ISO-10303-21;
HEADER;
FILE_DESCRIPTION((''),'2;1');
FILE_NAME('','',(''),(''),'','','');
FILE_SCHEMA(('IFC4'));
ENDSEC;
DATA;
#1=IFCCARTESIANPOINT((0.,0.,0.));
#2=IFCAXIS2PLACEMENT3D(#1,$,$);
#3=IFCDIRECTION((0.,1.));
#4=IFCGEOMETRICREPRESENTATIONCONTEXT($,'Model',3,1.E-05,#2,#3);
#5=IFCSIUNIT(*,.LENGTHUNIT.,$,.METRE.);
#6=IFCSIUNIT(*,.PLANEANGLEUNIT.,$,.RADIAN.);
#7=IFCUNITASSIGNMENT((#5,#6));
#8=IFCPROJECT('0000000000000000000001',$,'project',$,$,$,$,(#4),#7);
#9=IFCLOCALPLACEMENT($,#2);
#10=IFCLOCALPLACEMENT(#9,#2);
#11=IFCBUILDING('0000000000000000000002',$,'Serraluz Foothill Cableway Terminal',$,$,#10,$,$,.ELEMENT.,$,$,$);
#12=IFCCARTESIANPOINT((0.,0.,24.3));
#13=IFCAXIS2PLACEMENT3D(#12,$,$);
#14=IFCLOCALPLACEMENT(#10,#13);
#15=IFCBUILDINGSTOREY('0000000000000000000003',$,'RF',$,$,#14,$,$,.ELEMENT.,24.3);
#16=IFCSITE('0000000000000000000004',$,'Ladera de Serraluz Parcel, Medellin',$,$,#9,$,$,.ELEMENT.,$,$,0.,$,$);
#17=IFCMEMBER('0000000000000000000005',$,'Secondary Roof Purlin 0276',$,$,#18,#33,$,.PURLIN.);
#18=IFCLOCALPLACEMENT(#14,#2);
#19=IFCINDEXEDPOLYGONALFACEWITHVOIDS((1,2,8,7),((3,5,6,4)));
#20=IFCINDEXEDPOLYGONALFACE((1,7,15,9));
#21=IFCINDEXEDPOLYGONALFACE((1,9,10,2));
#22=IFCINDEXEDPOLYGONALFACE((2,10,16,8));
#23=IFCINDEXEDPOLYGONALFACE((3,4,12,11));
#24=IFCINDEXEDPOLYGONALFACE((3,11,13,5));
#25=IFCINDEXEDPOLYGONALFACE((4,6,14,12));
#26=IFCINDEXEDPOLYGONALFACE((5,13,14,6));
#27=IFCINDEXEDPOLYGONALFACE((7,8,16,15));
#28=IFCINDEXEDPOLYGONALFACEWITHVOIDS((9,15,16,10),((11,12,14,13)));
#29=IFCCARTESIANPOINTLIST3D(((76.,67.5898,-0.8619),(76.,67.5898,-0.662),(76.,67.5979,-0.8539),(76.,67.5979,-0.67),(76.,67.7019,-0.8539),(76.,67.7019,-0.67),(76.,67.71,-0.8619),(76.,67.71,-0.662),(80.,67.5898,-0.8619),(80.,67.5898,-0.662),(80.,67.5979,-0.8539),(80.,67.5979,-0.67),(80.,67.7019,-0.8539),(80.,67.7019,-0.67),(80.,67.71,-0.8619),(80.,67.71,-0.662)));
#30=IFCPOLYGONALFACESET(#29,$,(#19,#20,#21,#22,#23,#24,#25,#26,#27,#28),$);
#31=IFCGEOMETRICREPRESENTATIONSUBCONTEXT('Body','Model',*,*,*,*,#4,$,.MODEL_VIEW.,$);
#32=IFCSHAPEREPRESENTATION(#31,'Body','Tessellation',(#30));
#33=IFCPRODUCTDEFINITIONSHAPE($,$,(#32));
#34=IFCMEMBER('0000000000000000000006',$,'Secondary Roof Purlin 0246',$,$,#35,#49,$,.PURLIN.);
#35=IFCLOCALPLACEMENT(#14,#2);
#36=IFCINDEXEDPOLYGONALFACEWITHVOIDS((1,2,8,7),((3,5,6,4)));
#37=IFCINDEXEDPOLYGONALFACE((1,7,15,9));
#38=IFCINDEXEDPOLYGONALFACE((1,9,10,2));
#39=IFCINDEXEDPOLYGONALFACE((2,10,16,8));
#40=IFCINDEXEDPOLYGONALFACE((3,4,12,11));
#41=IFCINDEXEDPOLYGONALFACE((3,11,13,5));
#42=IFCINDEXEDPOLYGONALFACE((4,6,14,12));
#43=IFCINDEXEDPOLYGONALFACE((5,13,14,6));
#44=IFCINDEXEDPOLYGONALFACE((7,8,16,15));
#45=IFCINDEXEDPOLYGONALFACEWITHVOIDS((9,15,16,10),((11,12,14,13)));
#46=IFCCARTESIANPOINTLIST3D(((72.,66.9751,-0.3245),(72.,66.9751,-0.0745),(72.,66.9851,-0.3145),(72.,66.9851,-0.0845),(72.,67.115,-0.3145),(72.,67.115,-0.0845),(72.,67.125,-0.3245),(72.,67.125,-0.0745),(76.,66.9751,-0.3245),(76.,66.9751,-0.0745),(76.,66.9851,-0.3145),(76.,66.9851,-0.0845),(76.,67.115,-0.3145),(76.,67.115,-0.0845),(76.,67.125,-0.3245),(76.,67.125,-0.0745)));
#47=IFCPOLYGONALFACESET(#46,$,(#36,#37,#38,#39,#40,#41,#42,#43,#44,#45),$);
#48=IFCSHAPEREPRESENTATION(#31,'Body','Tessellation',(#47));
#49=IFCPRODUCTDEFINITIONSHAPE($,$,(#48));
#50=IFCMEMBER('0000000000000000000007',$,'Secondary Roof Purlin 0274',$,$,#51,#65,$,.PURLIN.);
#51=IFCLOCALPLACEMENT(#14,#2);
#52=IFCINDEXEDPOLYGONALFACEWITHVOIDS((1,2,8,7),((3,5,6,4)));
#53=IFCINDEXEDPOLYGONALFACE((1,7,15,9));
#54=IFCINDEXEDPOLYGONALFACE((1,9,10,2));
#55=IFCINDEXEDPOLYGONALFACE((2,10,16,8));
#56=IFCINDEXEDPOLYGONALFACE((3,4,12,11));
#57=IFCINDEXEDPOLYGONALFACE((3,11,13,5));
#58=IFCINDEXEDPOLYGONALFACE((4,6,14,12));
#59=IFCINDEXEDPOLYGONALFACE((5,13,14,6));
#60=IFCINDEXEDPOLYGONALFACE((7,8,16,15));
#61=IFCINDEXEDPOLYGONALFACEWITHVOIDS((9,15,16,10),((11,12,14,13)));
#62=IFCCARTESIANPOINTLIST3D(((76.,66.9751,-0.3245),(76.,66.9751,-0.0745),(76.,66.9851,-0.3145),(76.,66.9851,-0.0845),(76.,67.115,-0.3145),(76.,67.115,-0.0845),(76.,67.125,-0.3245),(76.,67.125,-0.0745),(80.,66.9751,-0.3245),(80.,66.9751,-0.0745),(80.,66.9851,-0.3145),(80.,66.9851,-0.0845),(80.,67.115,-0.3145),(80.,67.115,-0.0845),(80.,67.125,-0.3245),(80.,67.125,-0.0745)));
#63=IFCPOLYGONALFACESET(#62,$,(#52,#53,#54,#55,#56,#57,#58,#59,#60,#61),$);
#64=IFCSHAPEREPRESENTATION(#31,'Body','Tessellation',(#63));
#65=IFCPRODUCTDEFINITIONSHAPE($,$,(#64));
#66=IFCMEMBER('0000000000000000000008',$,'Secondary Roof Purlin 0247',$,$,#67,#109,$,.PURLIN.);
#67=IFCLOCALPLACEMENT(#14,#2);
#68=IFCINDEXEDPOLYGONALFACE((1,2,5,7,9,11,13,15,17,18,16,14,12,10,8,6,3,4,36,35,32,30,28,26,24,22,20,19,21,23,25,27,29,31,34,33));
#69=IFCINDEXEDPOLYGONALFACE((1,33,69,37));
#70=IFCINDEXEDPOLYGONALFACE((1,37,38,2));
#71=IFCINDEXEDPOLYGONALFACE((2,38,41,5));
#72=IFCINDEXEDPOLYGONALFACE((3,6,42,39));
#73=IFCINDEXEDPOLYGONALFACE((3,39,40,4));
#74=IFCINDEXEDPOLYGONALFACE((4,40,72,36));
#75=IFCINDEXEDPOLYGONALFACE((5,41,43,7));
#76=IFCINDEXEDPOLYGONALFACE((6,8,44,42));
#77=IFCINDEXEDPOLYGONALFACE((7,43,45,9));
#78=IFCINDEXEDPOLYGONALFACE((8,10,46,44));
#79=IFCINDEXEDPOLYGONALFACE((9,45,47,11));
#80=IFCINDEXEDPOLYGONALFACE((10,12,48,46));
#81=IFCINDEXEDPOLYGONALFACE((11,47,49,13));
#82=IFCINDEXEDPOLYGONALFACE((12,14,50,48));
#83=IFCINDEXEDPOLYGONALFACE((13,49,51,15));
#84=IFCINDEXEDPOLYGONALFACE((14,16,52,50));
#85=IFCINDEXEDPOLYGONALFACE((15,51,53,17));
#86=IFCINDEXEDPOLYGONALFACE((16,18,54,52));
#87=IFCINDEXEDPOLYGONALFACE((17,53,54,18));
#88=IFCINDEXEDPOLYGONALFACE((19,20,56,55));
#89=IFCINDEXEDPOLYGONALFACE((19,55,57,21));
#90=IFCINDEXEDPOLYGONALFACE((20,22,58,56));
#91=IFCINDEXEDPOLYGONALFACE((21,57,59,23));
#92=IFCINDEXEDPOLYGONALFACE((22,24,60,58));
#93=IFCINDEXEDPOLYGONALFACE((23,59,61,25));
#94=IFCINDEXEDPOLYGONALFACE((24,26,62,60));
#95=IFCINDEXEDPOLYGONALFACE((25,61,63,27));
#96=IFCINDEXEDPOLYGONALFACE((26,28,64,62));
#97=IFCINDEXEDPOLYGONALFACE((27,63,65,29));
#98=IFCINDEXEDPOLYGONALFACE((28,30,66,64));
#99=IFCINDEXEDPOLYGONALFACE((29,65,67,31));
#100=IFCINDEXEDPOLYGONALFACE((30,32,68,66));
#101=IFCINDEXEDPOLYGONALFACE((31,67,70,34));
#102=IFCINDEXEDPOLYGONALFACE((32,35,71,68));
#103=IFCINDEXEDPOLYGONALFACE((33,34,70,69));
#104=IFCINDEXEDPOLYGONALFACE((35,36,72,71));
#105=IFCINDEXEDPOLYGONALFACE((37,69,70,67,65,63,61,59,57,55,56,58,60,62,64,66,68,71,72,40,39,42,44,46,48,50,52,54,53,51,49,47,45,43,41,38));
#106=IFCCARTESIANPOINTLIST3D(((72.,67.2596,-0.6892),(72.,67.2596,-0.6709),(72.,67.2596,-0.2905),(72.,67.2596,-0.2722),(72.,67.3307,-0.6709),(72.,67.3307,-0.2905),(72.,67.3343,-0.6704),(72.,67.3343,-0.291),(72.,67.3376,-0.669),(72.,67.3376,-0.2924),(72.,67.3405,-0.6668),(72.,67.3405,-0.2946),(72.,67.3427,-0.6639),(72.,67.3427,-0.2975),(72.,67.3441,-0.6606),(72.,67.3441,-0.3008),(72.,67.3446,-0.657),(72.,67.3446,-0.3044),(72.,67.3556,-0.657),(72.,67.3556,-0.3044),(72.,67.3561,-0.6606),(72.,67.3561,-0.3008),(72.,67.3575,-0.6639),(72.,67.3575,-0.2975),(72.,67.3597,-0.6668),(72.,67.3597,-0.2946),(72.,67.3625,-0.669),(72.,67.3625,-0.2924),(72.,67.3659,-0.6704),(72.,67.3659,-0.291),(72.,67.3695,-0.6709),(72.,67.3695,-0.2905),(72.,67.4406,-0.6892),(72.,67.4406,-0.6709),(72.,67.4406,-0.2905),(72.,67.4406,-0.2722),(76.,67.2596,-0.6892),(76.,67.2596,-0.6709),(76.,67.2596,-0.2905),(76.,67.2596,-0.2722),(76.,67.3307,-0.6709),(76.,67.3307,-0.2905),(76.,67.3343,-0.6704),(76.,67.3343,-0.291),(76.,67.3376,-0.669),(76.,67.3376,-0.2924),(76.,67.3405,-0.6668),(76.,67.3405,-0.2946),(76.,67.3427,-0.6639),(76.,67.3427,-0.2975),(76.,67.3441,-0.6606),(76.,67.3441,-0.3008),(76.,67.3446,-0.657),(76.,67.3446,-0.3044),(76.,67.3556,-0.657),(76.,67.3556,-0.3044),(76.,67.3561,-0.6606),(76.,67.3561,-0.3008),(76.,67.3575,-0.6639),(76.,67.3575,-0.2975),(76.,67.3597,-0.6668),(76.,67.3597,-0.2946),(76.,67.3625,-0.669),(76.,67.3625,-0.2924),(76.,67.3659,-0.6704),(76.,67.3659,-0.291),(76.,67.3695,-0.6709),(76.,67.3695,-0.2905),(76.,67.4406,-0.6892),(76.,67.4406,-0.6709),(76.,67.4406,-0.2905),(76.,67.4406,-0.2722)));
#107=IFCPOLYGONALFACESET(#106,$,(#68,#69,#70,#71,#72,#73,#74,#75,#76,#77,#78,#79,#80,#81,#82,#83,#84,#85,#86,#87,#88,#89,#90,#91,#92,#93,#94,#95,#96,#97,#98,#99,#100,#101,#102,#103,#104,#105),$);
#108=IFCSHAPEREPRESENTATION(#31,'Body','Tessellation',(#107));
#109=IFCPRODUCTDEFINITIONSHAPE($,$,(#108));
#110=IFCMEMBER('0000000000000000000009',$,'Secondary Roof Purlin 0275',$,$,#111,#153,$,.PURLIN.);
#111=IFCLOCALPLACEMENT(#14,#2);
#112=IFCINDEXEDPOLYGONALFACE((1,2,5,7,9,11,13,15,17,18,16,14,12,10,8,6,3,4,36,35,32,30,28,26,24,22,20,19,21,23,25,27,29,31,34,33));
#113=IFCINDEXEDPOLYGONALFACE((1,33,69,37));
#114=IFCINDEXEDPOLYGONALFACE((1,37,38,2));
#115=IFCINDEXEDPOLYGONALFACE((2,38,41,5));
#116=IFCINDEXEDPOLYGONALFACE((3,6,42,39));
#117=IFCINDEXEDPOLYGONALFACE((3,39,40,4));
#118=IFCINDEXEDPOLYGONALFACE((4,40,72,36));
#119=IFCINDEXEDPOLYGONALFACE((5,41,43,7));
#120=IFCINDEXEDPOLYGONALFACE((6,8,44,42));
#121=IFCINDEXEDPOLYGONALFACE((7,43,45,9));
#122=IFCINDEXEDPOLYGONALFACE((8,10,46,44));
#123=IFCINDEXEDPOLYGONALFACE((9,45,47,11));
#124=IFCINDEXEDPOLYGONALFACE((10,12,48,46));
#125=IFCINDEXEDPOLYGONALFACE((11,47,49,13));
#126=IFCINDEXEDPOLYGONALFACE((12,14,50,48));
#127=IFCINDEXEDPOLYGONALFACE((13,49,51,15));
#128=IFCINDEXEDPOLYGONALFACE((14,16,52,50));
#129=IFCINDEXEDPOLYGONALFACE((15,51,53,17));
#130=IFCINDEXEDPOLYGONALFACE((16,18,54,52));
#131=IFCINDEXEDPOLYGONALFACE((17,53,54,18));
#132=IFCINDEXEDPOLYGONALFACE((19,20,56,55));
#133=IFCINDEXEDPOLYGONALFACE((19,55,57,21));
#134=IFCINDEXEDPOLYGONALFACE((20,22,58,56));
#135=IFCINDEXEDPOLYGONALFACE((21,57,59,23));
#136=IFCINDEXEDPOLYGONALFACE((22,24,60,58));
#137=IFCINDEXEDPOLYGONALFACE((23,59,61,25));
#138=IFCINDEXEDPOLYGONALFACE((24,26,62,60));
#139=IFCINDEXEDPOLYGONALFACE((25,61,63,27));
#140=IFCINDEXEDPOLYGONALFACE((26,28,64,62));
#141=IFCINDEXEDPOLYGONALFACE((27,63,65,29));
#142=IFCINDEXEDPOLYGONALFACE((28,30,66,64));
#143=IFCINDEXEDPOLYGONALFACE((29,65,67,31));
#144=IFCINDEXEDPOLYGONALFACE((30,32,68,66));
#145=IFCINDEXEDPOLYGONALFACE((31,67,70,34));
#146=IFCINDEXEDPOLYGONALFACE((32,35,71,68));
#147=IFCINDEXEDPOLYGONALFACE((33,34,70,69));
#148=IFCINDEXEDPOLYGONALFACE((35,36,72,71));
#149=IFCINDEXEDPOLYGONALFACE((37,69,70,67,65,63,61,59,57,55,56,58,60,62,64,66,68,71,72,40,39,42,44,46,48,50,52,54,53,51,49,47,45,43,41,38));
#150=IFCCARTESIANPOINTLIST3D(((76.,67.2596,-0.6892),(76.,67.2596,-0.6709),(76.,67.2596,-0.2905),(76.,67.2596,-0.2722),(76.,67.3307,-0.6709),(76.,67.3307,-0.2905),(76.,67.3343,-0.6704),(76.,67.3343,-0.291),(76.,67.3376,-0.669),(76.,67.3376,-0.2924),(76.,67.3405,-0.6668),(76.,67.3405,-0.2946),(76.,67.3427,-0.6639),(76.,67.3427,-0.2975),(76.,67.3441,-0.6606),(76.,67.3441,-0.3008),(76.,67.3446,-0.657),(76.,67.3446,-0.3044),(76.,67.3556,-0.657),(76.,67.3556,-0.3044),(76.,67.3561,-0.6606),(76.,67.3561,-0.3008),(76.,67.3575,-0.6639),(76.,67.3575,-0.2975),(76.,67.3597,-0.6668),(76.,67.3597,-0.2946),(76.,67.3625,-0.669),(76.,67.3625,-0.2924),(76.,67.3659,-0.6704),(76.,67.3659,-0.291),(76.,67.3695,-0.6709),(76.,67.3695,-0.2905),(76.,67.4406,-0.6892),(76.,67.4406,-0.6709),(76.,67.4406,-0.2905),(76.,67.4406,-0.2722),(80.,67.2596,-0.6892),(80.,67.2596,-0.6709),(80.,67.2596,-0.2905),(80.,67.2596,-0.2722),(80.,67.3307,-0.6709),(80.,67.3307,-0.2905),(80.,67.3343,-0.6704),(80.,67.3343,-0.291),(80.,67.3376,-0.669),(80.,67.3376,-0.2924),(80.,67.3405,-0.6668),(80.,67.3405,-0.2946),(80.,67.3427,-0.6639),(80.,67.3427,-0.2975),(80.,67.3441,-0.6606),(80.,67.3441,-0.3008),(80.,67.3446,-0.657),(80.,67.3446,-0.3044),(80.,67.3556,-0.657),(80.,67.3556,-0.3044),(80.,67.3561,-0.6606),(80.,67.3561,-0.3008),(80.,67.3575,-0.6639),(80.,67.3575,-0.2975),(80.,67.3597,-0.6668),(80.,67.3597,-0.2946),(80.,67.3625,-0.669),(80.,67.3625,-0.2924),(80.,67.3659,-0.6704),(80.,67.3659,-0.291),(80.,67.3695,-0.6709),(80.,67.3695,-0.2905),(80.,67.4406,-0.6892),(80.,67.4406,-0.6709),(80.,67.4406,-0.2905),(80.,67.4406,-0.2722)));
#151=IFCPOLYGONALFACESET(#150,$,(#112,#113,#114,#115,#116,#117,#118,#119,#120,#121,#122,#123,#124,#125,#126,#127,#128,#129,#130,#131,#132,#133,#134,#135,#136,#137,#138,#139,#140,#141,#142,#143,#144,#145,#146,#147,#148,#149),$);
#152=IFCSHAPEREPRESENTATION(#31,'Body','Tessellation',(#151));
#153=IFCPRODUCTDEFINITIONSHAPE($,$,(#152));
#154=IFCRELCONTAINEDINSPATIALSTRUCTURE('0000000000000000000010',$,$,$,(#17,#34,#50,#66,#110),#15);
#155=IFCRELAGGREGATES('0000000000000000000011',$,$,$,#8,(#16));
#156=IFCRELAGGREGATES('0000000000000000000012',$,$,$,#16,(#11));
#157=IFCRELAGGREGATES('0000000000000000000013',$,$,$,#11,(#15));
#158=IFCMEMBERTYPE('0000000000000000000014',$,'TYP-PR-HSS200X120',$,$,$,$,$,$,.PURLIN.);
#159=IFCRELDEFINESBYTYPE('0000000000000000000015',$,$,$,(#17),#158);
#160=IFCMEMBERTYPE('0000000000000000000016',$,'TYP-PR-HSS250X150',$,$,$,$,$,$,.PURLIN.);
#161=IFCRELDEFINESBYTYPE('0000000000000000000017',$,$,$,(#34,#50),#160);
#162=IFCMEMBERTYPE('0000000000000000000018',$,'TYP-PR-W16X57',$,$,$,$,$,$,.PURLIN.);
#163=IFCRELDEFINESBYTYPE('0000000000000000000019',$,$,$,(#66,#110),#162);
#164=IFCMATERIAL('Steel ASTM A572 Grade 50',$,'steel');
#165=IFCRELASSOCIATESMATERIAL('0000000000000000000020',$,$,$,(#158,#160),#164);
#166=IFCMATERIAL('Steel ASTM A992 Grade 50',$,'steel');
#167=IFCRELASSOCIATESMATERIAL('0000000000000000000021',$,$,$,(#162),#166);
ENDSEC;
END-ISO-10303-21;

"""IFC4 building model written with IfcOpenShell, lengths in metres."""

from ifc_helpers import new_model, si_unit, direction, frame, origin, origin_2d, place, context, subcontext, project, spatial, hollow_rectangle, i_section, extrude, material, material_profile, profile_set, type_object, element, save


model = new_model("IFC4")

# Units and contexts
model_context = context("Model", 3, precision=1e-05, world=origin(), true_north=direction((0.0, 1.0)))
body_context = subcontext(model_context, "Body", "Model", "MODEL_VIEW")
ifc_project = project(units=[si_unit("LENGTHUNIT", "METRE"), si_unit("PLANEANGLEUNIT", "RADIAN")], contexts=[model_context])

# Site, building, storey
site_placement = place(None, origin())
site = spatial("IfcSite", under=ifc_project, at=site_placement, Name="Ladera de Serraluz Parcel, Medellin", CompositionType="ELEMENT", RefElevation=0.0)
building_placement = place(site_placement, origin())
building = spatial("IfcBuilding", under=site, at=building_placement, Name="Serraluz Foothill Cableway Terminal", CompositionType="ELEMENT")
storey_placement = place(building_placement, frame((0.0, 0.0, 24.3)))
storey = spatial("IfcBuildingStorey", under=building, at=storey_placement, Name="RF", CompositionType="ELEMENT", Elevation=24.3)

# Members
ifc_material_1 = material(Name="Steel ASTM A572 Grade 50", Category="steel")
ifc_material_profile_1 = material_profile(ifc_material_1, hollow_rectangle(XDim=0.1201, YDim=0.2, WallThickness=0.0081, at=origin_2d()), Name="HSS200X120X8")
ifc_profile_set_1 = profile_set([ifc_material_profile_1], Name="Steel ASTM A572 Grade 50")
member_type_1 = type_object("IfcMemberType", Name="TYP-PR-HSS200X120", PredefinedType="PURLIN", material=ifc_profile_set_1)
for number, where, z_axis, x_axis, name in (
    (1, (76.0, 67.6499, -0.762), (1.0, 0.0, 0.0), (0.0, 1.0, 0.0), "Secondary Roof Purlin 0276"),
):
    element("IfcMember", number, at=place(storey_placement, frame(where, z_axis=z_axis, x_axis=x_axis)), inside=storey, type_object=member_type_1, Name=name, PredefinedType="PURLIN", context=body_context, shape_type="SweptSolid", body=[
        extrude(hollow_rectangle(XDim=0.1201, YDim=0.2, WallThickness=0.0081, at=origin_2d()), origin(), (0.0, 0.0, 1.0), 4.0),
    ])
ifc_material_profile_2 = material_profile(ifc_material_1, hollow_rectangle(XDim=0.1499, YDim=0.25, WallThickness=0.01, at=origin_2d()), Name="HSS250X150X10")
ifc_profile_set_2 = profile_set([ifc_material_profile_2], Name="Steel ASTM A572 Grade 50")
member_type_2 = type_object("IfcMemberType", Name="TYP-PR-HSS250X150", PredefinedType="PURLIN", material=ifc_profile_set_2)
for number, where, z_axis, x_axis, name in (
    (2, (72.0, 67.05, -0.1995), (1.0, 0.0, 0.0), (0.0, 1.0, 0.0), "Secondary Roof Purlin 0246"),
    (3, (76.0, 67.05, -0.1995), (1.0, 0.0, 0.0), (0.0, 1.0, 0.0), "Secondary Roof Purlin 0274"),
):
    element("IfcMember", number, at=place(storey_placement, frame(where, z_axis=z_axis, x_axis=x_axis)), inside=storey, type_object=member_type_2, Name=name, PredefinedType="PURLIN", context=body_context, shape_type="SweptSolid", body=[
        extrude(hollow_rectangle(XDim=0.1499, YDim=0.25, WallThickness=0.01, at=origin_2d()), origin(), (0.0, 0.0, 1.0), 4.0),
    ])
ifc_material_2 = material(Name="Steel ASTM A992 Grade 50", Category="steel")
ifc_material_profile_3 = material_profile(ifc_material_2, i_section(OverallWidth=0.1809, OverallDepth=0.417, WebThickness=0.011, FlangeThickness=0.0183, FilletRadius=0.0139, at=origin_2d()), Name="W16X57")
ifc_profile_set_3 = profile_set([ifc_material_profile_3], Name="Steel ASTM A992 Grade 50")
member_type_3 = type_object("IfcMemberType", Name="TYP-PR-W16X57", PredefinedType="PURLIN", material=ifc_profile_set_3)
for number, where, z_axis, x_axis, name in (
    (4, (72.0, 67.3501, -0.4807), (1.0, 0.0, 0.0), (0.0, 1.0, 0.0), "Secondary Roof Purlin 0247"),
    (5, (76.0, 67.3501, -0.4807), (1.0, 0.0, 0.0), (0.0, 1.0, 0.0), "Secondary Roof Purlin 0275"),
):
    element("IfcMember", number, at=place(storey_placement, frame(where, z_axis=z_axis, x_axis=x_axis)), inside=storey, type_object=member_type_3, Name=name, PredefinedType="PURLIN", context=body_context, shape_type="SweptSolid", body=[
        extrude(i_section(OverallWidth=0.1809, OverallDepth=0.417, WebThickness=0.011, FlangeThickness=0.0183, FilletRadius=0.0139, at=origin_2d()), origin(), (0.0, 0.0, 1.0), 4.0),
    ])

save(model, "model.ifc")
